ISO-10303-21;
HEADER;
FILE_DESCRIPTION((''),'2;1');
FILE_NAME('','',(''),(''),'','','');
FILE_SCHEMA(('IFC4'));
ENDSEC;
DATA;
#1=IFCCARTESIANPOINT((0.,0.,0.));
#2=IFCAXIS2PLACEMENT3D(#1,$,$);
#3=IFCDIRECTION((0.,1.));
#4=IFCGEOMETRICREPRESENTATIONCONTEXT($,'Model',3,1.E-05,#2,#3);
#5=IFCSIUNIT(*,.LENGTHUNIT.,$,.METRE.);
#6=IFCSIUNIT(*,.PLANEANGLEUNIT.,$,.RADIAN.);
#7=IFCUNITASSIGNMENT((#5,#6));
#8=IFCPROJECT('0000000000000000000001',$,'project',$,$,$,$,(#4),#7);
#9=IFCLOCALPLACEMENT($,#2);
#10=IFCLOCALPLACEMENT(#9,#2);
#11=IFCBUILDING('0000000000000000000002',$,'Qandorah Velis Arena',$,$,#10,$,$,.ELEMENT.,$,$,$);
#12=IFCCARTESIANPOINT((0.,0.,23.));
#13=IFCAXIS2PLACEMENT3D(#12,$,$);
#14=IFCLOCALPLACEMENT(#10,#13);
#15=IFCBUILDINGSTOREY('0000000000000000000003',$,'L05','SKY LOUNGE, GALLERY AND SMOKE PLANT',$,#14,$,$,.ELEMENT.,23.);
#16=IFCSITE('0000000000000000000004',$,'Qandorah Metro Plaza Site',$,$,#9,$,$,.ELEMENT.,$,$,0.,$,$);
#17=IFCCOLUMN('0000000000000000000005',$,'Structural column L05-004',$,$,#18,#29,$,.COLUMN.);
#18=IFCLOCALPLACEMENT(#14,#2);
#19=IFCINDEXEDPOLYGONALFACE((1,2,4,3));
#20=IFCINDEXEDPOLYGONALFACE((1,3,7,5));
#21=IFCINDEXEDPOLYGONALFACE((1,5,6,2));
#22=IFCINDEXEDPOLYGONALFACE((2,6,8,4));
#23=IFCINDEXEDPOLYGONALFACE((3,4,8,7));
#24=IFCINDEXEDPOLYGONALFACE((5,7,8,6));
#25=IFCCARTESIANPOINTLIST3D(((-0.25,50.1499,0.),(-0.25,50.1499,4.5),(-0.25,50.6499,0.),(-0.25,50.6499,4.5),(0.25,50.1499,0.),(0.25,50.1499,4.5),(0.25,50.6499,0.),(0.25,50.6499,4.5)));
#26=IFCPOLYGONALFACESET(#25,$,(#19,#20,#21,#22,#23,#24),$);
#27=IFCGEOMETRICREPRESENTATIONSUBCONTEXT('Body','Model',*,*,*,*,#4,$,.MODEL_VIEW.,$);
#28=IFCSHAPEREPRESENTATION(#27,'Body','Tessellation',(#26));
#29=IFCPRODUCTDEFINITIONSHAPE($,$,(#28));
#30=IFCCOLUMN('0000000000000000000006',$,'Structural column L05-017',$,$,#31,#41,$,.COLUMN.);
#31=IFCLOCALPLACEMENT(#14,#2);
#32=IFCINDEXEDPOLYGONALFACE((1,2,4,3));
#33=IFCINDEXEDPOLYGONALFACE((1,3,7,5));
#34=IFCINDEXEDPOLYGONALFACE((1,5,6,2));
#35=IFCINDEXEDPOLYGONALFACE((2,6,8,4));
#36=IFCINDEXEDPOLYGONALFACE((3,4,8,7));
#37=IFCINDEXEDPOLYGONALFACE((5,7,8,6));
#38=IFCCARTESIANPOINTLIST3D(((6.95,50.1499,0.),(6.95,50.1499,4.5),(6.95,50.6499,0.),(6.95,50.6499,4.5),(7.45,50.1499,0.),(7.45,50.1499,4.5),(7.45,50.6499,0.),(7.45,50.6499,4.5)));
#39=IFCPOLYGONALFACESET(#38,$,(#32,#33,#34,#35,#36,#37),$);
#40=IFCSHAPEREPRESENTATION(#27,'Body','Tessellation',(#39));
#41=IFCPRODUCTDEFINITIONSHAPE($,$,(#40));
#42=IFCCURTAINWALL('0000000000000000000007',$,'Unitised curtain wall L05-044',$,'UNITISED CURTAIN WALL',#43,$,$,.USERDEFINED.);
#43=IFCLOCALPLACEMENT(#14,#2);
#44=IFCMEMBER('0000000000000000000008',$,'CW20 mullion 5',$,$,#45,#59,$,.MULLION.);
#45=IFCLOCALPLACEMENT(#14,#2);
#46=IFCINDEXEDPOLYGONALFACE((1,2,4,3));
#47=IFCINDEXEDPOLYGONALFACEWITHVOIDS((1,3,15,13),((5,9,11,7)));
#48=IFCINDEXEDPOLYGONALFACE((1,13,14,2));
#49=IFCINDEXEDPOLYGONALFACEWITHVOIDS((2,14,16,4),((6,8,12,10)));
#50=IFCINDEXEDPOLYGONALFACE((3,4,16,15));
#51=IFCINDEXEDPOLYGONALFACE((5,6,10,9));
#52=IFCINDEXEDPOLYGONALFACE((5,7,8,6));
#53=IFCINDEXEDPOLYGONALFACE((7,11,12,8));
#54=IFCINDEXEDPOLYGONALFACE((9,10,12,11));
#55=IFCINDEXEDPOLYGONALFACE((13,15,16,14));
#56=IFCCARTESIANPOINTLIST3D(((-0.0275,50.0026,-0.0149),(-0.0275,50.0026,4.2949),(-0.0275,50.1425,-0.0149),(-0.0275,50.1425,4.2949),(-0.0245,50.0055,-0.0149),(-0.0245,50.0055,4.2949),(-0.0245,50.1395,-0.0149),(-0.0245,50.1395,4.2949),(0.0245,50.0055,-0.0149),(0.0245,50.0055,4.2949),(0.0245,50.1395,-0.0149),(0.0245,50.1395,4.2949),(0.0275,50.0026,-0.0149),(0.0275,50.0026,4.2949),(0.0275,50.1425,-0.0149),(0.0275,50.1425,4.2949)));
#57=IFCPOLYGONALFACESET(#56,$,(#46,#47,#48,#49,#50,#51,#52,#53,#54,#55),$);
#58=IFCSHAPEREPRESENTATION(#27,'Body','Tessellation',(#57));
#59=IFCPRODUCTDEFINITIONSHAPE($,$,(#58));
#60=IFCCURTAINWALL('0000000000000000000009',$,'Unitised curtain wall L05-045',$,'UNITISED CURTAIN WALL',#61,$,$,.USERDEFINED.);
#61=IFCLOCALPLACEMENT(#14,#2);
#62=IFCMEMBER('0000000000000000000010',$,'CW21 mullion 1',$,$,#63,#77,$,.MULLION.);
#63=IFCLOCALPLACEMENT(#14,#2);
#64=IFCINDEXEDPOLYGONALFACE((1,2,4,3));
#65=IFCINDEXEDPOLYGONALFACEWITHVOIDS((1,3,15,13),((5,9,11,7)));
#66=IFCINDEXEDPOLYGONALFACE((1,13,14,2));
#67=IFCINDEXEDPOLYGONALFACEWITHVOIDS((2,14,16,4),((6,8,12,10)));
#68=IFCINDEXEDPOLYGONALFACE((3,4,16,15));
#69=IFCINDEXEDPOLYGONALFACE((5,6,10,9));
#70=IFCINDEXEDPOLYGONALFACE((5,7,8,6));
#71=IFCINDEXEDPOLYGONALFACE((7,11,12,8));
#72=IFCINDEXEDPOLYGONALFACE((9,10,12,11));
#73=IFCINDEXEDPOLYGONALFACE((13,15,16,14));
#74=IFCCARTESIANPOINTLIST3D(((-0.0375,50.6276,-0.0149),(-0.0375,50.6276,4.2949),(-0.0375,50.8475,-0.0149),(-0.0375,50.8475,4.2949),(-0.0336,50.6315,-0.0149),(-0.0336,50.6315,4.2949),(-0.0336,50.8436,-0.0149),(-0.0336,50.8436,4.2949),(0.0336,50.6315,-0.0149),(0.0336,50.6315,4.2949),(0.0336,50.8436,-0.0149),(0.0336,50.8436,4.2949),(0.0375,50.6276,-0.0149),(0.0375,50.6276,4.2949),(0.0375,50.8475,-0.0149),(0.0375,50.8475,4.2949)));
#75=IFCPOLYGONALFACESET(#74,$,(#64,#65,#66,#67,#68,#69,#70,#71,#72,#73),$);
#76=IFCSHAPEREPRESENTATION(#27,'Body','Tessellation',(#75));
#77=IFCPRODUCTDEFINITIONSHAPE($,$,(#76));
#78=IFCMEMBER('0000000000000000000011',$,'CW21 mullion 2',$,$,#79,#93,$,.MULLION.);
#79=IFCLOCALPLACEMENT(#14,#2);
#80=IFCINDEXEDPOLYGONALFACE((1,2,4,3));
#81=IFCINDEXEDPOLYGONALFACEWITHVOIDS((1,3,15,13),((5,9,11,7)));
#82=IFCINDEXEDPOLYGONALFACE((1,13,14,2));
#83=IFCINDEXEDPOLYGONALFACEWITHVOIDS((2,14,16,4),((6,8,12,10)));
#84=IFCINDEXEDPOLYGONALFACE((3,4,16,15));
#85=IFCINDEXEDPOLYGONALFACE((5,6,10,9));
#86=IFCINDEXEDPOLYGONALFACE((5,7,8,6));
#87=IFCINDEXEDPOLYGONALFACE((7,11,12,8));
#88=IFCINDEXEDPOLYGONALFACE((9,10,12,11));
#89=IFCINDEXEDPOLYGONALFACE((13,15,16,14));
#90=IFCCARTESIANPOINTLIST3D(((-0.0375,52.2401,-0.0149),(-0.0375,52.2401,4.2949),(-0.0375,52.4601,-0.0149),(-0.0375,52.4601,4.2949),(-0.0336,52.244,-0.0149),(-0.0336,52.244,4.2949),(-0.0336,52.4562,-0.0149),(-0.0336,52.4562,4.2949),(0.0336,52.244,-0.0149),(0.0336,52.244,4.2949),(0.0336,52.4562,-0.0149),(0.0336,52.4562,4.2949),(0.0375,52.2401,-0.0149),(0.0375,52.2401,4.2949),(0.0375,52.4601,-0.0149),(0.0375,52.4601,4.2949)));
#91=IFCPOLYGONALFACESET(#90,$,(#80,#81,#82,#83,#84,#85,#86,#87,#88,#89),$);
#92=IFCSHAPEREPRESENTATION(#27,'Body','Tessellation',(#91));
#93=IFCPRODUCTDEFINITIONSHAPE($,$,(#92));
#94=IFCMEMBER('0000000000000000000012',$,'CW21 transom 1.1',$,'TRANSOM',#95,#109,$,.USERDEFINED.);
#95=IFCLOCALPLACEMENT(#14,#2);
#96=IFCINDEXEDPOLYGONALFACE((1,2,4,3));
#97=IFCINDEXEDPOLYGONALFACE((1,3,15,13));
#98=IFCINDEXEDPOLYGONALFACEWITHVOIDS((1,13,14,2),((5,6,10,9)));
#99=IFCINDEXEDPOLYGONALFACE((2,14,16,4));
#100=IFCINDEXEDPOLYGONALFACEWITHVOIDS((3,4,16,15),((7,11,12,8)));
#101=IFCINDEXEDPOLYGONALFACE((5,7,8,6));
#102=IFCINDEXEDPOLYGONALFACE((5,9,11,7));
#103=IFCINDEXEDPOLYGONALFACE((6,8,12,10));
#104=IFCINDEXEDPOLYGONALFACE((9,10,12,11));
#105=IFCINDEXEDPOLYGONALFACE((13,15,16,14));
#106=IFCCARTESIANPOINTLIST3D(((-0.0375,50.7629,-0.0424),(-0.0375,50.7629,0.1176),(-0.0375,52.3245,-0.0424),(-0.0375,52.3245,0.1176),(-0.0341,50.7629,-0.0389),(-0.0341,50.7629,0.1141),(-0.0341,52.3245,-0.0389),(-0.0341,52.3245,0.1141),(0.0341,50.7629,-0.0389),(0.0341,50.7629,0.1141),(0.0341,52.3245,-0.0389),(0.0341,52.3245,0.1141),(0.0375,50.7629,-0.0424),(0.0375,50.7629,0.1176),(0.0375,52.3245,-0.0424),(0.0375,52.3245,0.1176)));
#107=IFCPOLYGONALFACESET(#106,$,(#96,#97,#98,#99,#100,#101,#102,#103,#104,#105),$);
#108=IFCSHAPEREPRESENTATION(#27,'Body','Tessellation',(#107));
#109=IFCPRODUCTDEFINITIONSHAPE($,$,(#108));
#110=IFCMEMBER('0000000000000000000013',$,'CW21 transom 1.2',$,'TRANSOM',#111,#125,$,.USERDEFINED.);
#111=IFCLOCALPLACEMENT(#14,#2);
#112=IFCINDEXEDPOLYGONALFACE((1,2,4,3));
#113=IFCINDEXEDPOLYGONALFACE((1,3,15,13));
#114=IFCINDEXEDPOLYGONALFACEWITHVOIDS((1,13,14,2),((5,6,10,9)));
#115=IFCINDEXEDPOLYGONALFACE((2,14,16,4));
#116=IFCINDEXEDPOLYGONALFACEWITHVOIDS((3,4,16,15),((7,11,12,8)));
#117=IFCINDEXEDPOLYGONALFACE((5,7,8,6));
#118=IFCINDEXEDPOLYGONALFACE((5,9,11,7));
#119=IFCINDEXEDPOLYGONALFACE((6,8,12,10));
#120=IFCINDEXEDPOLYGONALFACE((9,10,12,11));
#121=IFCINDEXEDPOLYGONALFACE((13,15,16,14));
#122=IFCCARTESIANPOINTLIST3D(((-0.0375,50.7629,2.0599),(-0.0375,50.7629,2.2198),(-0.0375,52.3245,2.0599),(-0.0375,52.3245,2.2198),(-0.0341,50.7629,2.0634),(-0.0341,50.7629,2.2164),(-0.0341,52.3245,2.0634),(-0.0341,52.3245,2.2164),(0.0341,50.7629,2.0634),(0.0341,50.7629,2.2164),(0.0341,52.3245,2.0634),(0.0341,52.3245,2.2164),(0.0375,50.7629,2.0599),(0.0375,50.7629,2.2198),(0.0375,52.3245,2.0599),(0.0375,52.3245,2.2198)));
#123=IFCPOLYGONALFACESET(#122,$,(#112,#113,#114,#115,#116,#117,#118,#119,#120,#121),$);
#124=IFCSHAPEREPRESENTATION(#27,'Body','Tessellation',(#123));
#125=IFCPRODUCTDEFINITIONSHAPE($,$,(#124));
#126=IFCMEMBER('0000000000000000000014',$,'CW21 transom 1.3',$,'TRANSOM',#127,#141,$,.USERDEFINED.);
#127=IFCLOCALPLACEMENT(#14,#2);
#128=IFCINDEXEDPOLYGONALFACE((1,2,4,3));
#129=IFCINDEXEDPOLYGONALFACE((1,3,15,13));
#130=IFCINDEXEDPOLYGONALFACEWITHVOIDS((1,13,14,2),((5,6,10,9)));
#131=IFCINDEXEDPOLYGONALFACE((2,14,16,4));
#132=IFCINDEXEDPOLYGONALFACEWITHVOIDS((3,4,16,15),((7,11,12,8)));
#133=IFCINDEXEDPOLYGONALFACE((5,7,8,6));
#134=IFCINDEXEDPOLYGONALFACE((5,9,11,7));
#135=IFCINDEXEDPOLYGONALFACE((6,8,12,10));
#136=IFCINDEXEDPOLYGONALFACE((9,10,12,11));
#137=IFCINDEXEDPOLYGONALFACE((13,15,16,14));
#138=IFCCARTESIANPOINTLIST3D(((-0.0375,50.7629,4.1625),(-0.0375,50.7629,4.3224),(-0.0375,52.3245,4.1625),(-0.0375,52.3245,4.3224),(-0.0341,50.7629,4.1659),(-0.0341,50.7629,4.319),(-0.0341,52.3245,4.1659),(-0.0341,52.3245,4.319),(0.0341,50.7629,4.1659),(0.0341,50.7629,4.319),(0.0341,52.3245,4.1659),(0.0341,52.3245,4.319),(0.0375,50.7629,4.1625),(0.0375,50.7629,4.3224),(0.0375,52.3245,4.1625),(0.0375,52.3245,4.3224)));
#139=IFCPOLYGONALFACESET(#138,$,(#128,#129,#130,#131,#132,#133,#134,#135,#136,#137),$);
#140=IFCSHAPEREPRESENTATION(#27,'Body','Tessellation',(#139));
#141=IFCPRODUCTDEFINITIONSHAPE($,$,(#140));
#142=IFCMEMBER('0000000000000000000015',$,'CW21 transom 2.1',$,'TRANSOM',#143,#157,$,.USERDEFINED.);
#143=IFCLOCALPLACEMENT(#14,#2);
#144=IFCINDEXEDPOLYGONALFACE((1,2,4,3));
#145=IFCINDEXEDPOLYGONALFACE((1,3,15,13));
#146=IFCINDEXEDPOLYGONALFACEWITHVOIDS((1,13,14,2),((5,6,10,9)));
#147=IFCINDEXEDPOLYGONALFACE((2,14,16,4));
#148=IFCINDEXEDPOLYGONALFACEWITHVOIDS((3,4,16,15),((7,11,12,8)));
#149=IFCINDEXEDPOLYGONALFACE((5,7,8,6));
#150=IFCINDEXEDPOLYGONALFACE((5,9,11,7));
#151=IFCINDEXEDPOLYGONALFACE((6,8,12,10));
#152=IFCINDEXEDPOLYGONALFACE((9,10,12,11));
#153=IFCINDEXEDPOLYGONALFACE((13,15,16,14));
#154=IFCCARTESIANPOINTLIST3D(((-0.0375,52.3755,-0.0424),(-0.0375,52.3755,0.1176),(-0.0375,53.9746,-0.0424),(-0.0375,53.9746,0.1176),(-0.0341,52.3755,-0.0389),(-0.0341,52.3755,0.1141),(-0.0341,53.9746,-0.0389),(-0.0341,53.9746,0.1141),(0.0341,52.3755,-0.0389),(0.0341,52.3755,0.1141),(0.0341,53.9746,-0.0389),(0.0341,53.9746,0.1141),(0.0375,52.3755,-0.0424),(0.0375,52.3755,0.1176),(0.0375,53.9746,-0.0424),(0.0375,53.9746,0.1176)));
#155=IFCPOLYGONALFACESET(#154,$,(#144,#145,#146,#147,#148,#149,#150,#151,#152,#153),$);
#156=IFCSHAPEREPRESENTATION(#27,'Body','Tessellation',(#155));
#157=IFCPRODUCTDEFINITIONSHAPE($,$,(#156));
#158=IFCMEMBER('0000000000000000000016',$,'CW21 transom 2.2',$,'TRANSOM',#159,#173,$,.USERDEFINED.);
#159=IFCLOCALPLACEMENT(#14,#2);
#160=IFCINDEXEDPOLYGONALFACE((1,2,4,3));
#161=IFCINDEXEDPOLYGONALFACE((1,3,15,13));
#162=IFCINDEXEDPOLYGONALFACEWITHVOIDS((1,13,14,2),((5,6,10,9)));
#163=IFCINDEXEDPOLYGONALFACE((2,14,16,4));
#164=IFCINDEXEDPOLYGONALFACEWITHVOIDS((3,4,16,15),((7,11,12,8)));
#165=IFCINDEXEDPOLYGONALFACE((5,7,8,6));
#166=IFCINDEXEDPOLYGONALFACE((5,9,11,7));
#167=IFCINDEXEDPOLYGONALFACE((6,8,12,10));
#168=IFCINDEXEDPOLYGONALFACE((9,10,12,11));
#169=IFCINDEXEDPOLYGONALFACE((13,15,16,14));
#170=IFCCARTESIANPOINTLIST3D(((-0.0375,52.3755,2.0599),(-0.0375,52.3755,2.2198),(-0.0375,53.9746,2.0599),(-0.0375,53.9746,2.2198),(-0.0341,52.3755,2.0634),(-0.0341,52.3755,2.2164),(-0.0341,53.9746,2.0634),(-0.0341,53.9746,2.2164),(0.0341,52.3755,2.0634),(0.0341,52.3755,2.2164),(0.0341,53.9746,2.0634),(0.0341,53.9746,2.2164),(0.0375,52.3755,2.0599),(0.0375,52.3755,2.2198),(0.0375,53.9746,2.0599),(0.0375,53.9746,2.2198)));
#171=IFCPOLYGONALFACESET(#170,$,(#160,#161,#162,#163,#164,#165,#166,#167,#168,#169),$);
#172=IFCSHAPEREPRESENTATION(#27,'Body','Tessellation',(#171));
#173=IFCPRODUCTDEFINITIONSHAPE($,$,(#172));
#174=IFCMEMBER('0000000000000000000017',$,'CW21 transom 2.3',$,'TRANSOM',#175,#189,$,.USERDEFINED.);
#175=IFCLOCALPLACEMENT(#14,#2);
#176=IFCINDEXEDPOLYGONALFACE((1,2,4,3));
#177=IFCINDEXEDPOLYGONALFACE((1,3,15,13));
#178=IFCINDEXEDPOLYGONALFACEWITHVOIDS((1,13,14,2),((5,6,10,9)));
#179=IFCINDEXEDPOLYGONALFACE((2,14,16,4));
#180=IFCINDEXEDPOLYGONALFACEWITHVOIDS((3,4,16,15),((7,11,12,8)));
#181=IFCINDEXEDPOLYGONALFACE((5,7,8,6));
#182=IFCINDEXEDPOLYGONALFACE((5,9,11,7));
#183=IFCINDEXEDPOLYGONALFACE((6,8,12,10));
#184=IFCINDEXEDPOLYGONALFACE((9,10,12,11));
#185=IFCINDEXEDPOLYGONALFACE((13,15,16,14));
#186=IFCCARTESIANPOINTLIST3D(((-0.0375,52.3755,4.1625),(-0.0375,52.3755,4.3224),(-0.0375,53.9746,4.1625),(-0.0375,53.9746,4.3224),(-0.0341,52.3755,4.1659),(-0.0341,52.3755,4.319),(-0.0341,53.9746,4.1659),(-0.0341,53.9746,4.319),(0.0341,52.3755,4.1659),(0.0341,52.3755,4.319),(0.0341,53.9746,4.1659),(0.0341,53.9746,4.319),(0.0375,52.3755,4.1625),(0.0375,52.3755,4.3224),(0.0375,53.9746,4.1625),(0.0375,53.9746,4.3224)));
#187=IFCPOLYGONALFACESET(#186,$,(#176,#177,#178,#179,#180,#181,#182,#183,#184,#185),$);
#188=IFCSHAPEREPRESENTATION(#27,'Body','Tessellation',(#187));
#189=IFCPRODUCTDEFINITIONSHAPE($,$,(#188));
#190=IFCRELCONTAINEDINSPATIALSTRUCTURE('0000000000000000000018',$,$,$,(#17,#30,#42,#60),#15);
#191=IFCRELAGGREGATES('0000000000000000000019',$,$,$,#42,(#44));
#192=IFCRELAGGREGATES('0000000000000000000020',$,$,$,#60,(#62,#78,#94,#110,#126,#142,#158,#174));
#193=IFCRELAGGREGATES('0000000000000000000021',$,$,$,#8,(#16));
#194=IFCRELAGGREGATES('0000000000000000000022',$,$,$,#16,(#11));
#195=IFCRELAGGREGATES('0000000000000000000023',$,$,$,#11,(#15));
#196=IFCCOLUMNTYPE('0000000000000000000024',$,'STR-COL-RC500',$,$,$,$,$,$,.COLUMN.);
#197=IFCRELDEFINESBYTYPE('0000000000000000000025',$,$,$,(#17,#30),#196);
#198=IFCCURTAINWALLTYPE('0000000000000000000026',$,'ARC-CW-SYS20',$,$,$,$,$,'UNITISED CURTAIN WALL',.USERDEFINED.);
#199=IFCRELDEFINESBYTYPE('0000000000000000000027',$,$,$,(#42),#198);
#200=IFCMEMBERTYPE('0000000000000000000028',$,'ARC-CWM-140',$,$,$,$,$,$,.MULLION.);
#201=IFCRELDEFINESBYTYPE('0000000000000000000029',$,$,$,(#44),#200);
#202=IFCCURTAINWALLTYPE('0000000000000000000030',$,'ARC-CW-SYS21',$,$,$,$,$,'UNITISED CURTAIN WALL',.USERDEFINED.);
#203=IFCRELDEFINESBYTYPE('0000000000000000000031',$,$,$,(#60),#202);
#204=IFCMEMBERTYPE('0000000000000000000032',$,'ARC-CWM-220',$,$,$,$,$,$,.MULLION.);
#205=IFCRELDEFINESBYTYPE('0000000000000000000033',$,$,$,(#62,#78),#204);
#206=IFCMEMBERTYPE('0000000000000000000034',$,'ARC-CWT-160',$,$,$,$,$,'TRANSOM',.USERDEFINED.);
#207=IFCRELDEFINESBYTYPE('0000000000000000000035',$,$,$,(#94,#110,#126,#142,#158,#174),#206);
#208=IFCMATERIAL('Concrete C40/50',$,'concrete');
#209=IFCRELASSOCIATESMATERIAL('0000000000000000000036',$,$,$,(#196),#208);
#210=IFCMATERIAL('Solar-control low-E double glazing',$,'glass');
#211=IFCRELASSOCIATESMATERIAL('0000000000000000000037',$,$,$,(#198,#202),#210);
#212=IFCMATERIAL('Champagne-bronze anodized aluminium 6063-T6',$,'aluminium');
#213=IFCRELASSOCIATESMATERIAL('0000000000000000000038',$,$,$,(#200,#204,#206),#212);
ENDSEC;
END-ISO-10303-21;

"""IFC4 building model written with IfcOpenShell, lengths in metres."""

from ifc_helpers import new_model, si_unit, direction, frame, origin, origin_2d, place, context, subcontext, project, spatial, rectangle, hollow_rectangle, extrude, material, material_profile, profile_set, type_object, element, aggregate, save


model = new_model("IFC4")

# Units and contexts
model_context = context("Model", 3, precision=1e-05, world=origin(), true_north=direction((0.0, 1.0)))
body_context = subcontext(model_context, "Body", "Model", "MODEL_VIEW")
ifc_project = project(units=[si_unit("LENGTHUNIT", "METRE"), si_unit("PLANEANGLEUNIT", "RADIAN")], contexts=[model_context])

# Site, building, storey
site_placement = place(None, origin())
site = spatial("IfcSite", under=ifc_project, at=site_placement, Name="Qandorah Metro Plaza Site", CompositionType="ELEMENT", RefElevation=0.0)
building_placement = place(site_placement, origin())
building = spatial("IfcBuilding", under=site, at=building_placement, Name="Qandorah Velis Arena", CompositionType="ELEMENT")
storey_placement = place(building_placement, frame((0.0, 0.0, 23.0)))
storey = spatial("IfcBuildingStorey", under=building, at=storey_placement, Name="L05", Description="SKY LOUNGE, GALLERY AND SMOKE PLANT", CompositionType="ELEMENT", Elevation=23.0)

# Columns
ifc_material_1 = material(Name="Concrete C40/50", Category="concrete")
ifc_material_profile_1 = material_profile(ifc_material_1, rectangle(XDim=0.5, YDim=0.5, at=origin_2d()), Name="RC COL 500x500")
ifc_profile_set_1 = profile_set([ifc_material_profile_1], Name="Concrete C40/50")
column_type = type_object("IfcColumnType", Name="STR-COL-RC500", PredefinedType="COLUMN", material=ifc_profile_set_1)
for number, where, z_axis, x_axis, name in (
    (1, (0.0, 50.3999, 0.0), (0.0, 0.0, 1.0), (1.0, 0.0, 0.0), "Structural column L05-004"),
    (2, (7.2, 50.3999, 0.0), (0.0, 0.0, 1.0), (1.0, 0.0, 0.0), "Structural column L05-017"),
):
    element("IfcColumn", number, at=place(storey_placement, frame(where, z_axis=z_axis, x_axis=x_axis)), inside=storey, type_object=column_type, Name=name, PredefinedType="COLUMN", context=body_context, shape_type="SweptSolid", body=[
        extrude(rectangle(XDim=0.5, YDim=0.5, at=origin_2d()), origin(), (0.0, 0.0, 1.0), 4.5),
    ])

# Curtain wall, member
ifc_material_2 = material(Name="Solar-control low-E double glazing", Category="glass")
curtain_wall_type_1 = type_object("IfcCurtainWallType", Name="ARC-CW-SYS20", ElementType="UNITISED CURTAIN WALL", PredefinedType="USERDEFINED", material=ifc_material_2)
curtain_wall_1_placement = place(storey_placement, origin())
curtain_wall_1 = element("IfcCurtainWall", 3, at=curtain_wall_1_placement, inside=storey, type_object=curtain_wall_type_1, Name="Unitised curtain wall L05-044", ObjectType="UNITISED CURTAIN WALL", PredefinedType="USERDEFINED")
ifc_material_3 = material(Name="Champagne-bronze anodized aluminium 6063-T6", Category="aluminium")
ifc_material_profile_2 = material_profile(ifc_material_3, hollow_rectangle(XDim=0.0549, YDim=0.1399, WallThickness=0.0029, at=origin_2d()), Name="ALU MULLION 55x140")
ifc_profile_set_2 = profile_set([ifc_material_profile_2], Name="Champagne-bronze anodized aluminium 6063-T6")
member_type_1 = type_object("IfcMemberType", Name="ARC-CWM-140", PredefinedType="MULLION", material=ifc_profile_set_2)
member_1_placement = place(storey_placement, frame((0.0, 50.0725, -0.0149), z_axis=(0.0, 0.0, 1.0), x_axis=(-1.0, 0.0, 0.0)))
member_1 = element("IfcMember", 4, at=member_1_placement, type_object=member_type_1, Name="CW20 mullion 5", PredefinedType="MULLION", context=body_context, shape_type="SweptSolid", body=[
    extrude(hollow_rectangle(XDim=0.0549, YDim=0.1399, WallThickness=0.0029, at=origin_2d()), origin(), (0.0, 0.0, 1.0), 4.3098),
])

# Curtain wall, members
curtain_wall_type_2 = type_object("IfcCurtainWallType", Name="ARC-CW-SYS21", ElementType="UNITISED CURTAIN WALL", PredefinedType="USERDEFINED", material=ifc_material_2)
curtain_wall_2_placement = place(storey_placement, origin())
curtain_wall_2 = element("IfcCurtainWall", 5, at=curtain_wall_2_placement, inside=storey, type_object=curtain_wall_type_2, Name="Unitised curtain wall L05-045", ObjectType="UNITISED CURTAIN WALL", PredefinedType="USERDEFINED")
ifc_material_profile_3 = material_profile(ifc_material_3, hollow_rectangle(XDim=0.075, YDim=0.22, WallThickness=0.0039, at=origin_2d()), Name="ALU MULLION 75x220")
ifc_profile_set_3 = profile_set([ifc_material_profile_3], Name="Champagne-bronze anodized aluminium 6063-T6")
member_type_2 = type_object("IfcMemberType", Name="ARC-CWM-220", PredefinedType="MULLION", material=ifc_profile_set_3)
member_2_placement = place(storey_placement, frame((0.0, 50.7375, -0.0149), z_axis=(0.0, 0.0, 1.0), x_axis=(-1.0, 0.0, 0.0)))
member_2 = element("IfcMember", 6, at=member_2_placement, type_object=member_type_2, Name="CW21 mullion 1", PredefinedType="MULLION", context=body_context, shape_type="SweptSolid", body=[
    extrude(hollow_rectangle(XDim=0.075, YDim=0.22, WallThickness=0.0039, at=origin_2d()), origin(), (0.0, 0.0, 1.0), 4.3098),
])
member_3_placement = place(storey_placement, frame((0.0, 52.3501, -0.0149), z_axis=(0.0, 0.0, 1.0), x_axis=(-1.0, 0.0, 0.0)))
member_3 = element("IfcMember", 7, at=member_3_placement, type_object=member_type_2, Name="CW21 mullion 2", PredefinedType="MULLION", context=body_context, shape_type="SweptSolid", body=[
    extrude(hollow_rectangle(XDim=0.075, YDim=0.22, WallThickness=0.0039, at=origin_2d()), origin(), (0.0, 0.0, 1.0), 4.3098),
])
ifc_material_profile_4 = material_profile(ifc_material_3, hollow_rectangle(XDim=0.075, YDim=0.1599, WallThickness=0.0034, at=origin_2d()), Name="ALU TRANSOM 75x160")
ifc_profile_set_4 = profile_set([ifc_material_profile_4], Name="Champagne-bronze anodized aluminium 6063-T6")
member_type_3 = type_object("IfcMemberType", Name="ARC-CWT-160", ElementType="TRANSOM", PredefinedType="USERDEFINED", material=ifc_profile_set_4)
member_4_placement = place(storey_placement, frame((0.0, 50.7629, 0.0376), z_axis=(0.0, 1.0, 0.0), x_axis=(-1.0, 0.0, 0.0)))
member_4 = element("IfcMember", 8, at=member_4_placement, type_object=member_type_3, Name="CW21 transom 1.1", ObjectType="TRANSOM", PredefinedType="USERDEFINED", context=body_context, shape_type="SweptSolid", body=[
    extrude(hollow_rectangle(XDim=0.075, YDim=0.1599, WallThickness=0.0034, at=origin_2d()), origin(), (0.0, 0.0, 1.0), 1.5615),
])
member_5_placement = place(storey_placement, frame((0.0, 50.7629, 2.1399), z_axis=(0.0, 1.0, 0.0), x_axis=(-1.0, 0.0, 0.0)))
member_5 = element("IfcMember", 9, at=member_5_placement, type_object=member_type_3, Name="CW21 transom 1.2", ObjectType="TRANSOM", PredefinedType="USERDEFINED", context=body_context, shape_type="SweptSolid", body=[
    extrude(hollow_rectangle(XDim=0.075, YDim=0.1599, WallThickness=0.0034, at=origin_2d()), origin(), (0.0, 0.0, 1.0), 1.5615),
])
member_6_placement = place(storey_placement, frame((0.0, 50.7629, 4.2424), z_axis=(0.0, 1.0, 0.0), x_axis=(-1.0, 0.0, 0.0)))
member_6 = element("IfcMember", 10, at=member_6_placement, type_object=member_type_3, Name="CW21 transom 1.3", ObjectType="TRANSOM", PredefinedType="USERDEFINED", context=body_context, shape_type="SweptSolid", body=[
    extrude(hollow_rectangle(XDim=0.075, YDim=0.1599, WallThickness=0.0034, at=origin_2d()), origin(), (0.0, 0.0, 1.0), 1.5615),
])
member_7_placement = place(storey_placement, frame((0.0, 52.3755, 0.0376), z_axis=(0.0, 1.0, 0.0), x_axis=(-1.0, 0.0, 0.0)))
member_7 = element("IfcMember", 11, at=member_7_placement, type_object=member_type_3, Name="CW21 transom 2.1", ObjectType="TRANSOM", PredefinedType="USERDEFINED", context=body_context, shape_type="SweptSolid", body=[
    extrude(hollow_rectangle(XDim=0.075, YDim=0.1599, WallThickness=0.0034, at=origin_2d()), origin(), (0.0, 0.0, 1.0), 1.5991),
])
member_8_placement = place(storey_placement, frame((0.0, 52.3755, 2.1399), z_axis=(0.0, 1.0, 0.0), x_axis=(-1.0, 0.0, 0.0)))
member_8 = element("IfcMember", 12, at=member_8_placement, type_object=member_type_3, Name="CW21 transom 2.2", ObjectType="TRANSOM", PredefinedType="USERDEFINED", context=body_context, shape_type="SweptSolid", body=[
    extrude(hollow_rectangle(XDim=0.075, YDim=0.1599, WallThickness=0.0034, at=origin_2d()), origin(), (0.0, 0.0, 1.0), 1.5991),
])
member_9_placement = place(storey_placement, frame((0.0, 52.3755, 4.2424), z_axis=(0.0, 1.0, 0.0), x_axis=(-1.0, 0.0, 0.0)))
member_9 = element("IfcMember", 13, at=member_9_placement, type_object=member_type_3, Name="CW21 transom 2.3", ObjectType="TRANSOM", PredefinedType="USERDEFINED", context=body_context, shape_type="SweptSolid", body=[
    extrude(hollow_rectangle(XDim=0.075, YDim=0.1599, WallThickness=0.0034, at=origin_2d()), origin(), (0.0, 0.0, 1.0), 1.5991),
])

aggregate(curtain_wall_1, [member_1])
aggregate(curtain_wall_2, [member_2, member_3, member_4, member_5, member_6, member_7, member_8, member_9])

save(model, "model.ifc")
